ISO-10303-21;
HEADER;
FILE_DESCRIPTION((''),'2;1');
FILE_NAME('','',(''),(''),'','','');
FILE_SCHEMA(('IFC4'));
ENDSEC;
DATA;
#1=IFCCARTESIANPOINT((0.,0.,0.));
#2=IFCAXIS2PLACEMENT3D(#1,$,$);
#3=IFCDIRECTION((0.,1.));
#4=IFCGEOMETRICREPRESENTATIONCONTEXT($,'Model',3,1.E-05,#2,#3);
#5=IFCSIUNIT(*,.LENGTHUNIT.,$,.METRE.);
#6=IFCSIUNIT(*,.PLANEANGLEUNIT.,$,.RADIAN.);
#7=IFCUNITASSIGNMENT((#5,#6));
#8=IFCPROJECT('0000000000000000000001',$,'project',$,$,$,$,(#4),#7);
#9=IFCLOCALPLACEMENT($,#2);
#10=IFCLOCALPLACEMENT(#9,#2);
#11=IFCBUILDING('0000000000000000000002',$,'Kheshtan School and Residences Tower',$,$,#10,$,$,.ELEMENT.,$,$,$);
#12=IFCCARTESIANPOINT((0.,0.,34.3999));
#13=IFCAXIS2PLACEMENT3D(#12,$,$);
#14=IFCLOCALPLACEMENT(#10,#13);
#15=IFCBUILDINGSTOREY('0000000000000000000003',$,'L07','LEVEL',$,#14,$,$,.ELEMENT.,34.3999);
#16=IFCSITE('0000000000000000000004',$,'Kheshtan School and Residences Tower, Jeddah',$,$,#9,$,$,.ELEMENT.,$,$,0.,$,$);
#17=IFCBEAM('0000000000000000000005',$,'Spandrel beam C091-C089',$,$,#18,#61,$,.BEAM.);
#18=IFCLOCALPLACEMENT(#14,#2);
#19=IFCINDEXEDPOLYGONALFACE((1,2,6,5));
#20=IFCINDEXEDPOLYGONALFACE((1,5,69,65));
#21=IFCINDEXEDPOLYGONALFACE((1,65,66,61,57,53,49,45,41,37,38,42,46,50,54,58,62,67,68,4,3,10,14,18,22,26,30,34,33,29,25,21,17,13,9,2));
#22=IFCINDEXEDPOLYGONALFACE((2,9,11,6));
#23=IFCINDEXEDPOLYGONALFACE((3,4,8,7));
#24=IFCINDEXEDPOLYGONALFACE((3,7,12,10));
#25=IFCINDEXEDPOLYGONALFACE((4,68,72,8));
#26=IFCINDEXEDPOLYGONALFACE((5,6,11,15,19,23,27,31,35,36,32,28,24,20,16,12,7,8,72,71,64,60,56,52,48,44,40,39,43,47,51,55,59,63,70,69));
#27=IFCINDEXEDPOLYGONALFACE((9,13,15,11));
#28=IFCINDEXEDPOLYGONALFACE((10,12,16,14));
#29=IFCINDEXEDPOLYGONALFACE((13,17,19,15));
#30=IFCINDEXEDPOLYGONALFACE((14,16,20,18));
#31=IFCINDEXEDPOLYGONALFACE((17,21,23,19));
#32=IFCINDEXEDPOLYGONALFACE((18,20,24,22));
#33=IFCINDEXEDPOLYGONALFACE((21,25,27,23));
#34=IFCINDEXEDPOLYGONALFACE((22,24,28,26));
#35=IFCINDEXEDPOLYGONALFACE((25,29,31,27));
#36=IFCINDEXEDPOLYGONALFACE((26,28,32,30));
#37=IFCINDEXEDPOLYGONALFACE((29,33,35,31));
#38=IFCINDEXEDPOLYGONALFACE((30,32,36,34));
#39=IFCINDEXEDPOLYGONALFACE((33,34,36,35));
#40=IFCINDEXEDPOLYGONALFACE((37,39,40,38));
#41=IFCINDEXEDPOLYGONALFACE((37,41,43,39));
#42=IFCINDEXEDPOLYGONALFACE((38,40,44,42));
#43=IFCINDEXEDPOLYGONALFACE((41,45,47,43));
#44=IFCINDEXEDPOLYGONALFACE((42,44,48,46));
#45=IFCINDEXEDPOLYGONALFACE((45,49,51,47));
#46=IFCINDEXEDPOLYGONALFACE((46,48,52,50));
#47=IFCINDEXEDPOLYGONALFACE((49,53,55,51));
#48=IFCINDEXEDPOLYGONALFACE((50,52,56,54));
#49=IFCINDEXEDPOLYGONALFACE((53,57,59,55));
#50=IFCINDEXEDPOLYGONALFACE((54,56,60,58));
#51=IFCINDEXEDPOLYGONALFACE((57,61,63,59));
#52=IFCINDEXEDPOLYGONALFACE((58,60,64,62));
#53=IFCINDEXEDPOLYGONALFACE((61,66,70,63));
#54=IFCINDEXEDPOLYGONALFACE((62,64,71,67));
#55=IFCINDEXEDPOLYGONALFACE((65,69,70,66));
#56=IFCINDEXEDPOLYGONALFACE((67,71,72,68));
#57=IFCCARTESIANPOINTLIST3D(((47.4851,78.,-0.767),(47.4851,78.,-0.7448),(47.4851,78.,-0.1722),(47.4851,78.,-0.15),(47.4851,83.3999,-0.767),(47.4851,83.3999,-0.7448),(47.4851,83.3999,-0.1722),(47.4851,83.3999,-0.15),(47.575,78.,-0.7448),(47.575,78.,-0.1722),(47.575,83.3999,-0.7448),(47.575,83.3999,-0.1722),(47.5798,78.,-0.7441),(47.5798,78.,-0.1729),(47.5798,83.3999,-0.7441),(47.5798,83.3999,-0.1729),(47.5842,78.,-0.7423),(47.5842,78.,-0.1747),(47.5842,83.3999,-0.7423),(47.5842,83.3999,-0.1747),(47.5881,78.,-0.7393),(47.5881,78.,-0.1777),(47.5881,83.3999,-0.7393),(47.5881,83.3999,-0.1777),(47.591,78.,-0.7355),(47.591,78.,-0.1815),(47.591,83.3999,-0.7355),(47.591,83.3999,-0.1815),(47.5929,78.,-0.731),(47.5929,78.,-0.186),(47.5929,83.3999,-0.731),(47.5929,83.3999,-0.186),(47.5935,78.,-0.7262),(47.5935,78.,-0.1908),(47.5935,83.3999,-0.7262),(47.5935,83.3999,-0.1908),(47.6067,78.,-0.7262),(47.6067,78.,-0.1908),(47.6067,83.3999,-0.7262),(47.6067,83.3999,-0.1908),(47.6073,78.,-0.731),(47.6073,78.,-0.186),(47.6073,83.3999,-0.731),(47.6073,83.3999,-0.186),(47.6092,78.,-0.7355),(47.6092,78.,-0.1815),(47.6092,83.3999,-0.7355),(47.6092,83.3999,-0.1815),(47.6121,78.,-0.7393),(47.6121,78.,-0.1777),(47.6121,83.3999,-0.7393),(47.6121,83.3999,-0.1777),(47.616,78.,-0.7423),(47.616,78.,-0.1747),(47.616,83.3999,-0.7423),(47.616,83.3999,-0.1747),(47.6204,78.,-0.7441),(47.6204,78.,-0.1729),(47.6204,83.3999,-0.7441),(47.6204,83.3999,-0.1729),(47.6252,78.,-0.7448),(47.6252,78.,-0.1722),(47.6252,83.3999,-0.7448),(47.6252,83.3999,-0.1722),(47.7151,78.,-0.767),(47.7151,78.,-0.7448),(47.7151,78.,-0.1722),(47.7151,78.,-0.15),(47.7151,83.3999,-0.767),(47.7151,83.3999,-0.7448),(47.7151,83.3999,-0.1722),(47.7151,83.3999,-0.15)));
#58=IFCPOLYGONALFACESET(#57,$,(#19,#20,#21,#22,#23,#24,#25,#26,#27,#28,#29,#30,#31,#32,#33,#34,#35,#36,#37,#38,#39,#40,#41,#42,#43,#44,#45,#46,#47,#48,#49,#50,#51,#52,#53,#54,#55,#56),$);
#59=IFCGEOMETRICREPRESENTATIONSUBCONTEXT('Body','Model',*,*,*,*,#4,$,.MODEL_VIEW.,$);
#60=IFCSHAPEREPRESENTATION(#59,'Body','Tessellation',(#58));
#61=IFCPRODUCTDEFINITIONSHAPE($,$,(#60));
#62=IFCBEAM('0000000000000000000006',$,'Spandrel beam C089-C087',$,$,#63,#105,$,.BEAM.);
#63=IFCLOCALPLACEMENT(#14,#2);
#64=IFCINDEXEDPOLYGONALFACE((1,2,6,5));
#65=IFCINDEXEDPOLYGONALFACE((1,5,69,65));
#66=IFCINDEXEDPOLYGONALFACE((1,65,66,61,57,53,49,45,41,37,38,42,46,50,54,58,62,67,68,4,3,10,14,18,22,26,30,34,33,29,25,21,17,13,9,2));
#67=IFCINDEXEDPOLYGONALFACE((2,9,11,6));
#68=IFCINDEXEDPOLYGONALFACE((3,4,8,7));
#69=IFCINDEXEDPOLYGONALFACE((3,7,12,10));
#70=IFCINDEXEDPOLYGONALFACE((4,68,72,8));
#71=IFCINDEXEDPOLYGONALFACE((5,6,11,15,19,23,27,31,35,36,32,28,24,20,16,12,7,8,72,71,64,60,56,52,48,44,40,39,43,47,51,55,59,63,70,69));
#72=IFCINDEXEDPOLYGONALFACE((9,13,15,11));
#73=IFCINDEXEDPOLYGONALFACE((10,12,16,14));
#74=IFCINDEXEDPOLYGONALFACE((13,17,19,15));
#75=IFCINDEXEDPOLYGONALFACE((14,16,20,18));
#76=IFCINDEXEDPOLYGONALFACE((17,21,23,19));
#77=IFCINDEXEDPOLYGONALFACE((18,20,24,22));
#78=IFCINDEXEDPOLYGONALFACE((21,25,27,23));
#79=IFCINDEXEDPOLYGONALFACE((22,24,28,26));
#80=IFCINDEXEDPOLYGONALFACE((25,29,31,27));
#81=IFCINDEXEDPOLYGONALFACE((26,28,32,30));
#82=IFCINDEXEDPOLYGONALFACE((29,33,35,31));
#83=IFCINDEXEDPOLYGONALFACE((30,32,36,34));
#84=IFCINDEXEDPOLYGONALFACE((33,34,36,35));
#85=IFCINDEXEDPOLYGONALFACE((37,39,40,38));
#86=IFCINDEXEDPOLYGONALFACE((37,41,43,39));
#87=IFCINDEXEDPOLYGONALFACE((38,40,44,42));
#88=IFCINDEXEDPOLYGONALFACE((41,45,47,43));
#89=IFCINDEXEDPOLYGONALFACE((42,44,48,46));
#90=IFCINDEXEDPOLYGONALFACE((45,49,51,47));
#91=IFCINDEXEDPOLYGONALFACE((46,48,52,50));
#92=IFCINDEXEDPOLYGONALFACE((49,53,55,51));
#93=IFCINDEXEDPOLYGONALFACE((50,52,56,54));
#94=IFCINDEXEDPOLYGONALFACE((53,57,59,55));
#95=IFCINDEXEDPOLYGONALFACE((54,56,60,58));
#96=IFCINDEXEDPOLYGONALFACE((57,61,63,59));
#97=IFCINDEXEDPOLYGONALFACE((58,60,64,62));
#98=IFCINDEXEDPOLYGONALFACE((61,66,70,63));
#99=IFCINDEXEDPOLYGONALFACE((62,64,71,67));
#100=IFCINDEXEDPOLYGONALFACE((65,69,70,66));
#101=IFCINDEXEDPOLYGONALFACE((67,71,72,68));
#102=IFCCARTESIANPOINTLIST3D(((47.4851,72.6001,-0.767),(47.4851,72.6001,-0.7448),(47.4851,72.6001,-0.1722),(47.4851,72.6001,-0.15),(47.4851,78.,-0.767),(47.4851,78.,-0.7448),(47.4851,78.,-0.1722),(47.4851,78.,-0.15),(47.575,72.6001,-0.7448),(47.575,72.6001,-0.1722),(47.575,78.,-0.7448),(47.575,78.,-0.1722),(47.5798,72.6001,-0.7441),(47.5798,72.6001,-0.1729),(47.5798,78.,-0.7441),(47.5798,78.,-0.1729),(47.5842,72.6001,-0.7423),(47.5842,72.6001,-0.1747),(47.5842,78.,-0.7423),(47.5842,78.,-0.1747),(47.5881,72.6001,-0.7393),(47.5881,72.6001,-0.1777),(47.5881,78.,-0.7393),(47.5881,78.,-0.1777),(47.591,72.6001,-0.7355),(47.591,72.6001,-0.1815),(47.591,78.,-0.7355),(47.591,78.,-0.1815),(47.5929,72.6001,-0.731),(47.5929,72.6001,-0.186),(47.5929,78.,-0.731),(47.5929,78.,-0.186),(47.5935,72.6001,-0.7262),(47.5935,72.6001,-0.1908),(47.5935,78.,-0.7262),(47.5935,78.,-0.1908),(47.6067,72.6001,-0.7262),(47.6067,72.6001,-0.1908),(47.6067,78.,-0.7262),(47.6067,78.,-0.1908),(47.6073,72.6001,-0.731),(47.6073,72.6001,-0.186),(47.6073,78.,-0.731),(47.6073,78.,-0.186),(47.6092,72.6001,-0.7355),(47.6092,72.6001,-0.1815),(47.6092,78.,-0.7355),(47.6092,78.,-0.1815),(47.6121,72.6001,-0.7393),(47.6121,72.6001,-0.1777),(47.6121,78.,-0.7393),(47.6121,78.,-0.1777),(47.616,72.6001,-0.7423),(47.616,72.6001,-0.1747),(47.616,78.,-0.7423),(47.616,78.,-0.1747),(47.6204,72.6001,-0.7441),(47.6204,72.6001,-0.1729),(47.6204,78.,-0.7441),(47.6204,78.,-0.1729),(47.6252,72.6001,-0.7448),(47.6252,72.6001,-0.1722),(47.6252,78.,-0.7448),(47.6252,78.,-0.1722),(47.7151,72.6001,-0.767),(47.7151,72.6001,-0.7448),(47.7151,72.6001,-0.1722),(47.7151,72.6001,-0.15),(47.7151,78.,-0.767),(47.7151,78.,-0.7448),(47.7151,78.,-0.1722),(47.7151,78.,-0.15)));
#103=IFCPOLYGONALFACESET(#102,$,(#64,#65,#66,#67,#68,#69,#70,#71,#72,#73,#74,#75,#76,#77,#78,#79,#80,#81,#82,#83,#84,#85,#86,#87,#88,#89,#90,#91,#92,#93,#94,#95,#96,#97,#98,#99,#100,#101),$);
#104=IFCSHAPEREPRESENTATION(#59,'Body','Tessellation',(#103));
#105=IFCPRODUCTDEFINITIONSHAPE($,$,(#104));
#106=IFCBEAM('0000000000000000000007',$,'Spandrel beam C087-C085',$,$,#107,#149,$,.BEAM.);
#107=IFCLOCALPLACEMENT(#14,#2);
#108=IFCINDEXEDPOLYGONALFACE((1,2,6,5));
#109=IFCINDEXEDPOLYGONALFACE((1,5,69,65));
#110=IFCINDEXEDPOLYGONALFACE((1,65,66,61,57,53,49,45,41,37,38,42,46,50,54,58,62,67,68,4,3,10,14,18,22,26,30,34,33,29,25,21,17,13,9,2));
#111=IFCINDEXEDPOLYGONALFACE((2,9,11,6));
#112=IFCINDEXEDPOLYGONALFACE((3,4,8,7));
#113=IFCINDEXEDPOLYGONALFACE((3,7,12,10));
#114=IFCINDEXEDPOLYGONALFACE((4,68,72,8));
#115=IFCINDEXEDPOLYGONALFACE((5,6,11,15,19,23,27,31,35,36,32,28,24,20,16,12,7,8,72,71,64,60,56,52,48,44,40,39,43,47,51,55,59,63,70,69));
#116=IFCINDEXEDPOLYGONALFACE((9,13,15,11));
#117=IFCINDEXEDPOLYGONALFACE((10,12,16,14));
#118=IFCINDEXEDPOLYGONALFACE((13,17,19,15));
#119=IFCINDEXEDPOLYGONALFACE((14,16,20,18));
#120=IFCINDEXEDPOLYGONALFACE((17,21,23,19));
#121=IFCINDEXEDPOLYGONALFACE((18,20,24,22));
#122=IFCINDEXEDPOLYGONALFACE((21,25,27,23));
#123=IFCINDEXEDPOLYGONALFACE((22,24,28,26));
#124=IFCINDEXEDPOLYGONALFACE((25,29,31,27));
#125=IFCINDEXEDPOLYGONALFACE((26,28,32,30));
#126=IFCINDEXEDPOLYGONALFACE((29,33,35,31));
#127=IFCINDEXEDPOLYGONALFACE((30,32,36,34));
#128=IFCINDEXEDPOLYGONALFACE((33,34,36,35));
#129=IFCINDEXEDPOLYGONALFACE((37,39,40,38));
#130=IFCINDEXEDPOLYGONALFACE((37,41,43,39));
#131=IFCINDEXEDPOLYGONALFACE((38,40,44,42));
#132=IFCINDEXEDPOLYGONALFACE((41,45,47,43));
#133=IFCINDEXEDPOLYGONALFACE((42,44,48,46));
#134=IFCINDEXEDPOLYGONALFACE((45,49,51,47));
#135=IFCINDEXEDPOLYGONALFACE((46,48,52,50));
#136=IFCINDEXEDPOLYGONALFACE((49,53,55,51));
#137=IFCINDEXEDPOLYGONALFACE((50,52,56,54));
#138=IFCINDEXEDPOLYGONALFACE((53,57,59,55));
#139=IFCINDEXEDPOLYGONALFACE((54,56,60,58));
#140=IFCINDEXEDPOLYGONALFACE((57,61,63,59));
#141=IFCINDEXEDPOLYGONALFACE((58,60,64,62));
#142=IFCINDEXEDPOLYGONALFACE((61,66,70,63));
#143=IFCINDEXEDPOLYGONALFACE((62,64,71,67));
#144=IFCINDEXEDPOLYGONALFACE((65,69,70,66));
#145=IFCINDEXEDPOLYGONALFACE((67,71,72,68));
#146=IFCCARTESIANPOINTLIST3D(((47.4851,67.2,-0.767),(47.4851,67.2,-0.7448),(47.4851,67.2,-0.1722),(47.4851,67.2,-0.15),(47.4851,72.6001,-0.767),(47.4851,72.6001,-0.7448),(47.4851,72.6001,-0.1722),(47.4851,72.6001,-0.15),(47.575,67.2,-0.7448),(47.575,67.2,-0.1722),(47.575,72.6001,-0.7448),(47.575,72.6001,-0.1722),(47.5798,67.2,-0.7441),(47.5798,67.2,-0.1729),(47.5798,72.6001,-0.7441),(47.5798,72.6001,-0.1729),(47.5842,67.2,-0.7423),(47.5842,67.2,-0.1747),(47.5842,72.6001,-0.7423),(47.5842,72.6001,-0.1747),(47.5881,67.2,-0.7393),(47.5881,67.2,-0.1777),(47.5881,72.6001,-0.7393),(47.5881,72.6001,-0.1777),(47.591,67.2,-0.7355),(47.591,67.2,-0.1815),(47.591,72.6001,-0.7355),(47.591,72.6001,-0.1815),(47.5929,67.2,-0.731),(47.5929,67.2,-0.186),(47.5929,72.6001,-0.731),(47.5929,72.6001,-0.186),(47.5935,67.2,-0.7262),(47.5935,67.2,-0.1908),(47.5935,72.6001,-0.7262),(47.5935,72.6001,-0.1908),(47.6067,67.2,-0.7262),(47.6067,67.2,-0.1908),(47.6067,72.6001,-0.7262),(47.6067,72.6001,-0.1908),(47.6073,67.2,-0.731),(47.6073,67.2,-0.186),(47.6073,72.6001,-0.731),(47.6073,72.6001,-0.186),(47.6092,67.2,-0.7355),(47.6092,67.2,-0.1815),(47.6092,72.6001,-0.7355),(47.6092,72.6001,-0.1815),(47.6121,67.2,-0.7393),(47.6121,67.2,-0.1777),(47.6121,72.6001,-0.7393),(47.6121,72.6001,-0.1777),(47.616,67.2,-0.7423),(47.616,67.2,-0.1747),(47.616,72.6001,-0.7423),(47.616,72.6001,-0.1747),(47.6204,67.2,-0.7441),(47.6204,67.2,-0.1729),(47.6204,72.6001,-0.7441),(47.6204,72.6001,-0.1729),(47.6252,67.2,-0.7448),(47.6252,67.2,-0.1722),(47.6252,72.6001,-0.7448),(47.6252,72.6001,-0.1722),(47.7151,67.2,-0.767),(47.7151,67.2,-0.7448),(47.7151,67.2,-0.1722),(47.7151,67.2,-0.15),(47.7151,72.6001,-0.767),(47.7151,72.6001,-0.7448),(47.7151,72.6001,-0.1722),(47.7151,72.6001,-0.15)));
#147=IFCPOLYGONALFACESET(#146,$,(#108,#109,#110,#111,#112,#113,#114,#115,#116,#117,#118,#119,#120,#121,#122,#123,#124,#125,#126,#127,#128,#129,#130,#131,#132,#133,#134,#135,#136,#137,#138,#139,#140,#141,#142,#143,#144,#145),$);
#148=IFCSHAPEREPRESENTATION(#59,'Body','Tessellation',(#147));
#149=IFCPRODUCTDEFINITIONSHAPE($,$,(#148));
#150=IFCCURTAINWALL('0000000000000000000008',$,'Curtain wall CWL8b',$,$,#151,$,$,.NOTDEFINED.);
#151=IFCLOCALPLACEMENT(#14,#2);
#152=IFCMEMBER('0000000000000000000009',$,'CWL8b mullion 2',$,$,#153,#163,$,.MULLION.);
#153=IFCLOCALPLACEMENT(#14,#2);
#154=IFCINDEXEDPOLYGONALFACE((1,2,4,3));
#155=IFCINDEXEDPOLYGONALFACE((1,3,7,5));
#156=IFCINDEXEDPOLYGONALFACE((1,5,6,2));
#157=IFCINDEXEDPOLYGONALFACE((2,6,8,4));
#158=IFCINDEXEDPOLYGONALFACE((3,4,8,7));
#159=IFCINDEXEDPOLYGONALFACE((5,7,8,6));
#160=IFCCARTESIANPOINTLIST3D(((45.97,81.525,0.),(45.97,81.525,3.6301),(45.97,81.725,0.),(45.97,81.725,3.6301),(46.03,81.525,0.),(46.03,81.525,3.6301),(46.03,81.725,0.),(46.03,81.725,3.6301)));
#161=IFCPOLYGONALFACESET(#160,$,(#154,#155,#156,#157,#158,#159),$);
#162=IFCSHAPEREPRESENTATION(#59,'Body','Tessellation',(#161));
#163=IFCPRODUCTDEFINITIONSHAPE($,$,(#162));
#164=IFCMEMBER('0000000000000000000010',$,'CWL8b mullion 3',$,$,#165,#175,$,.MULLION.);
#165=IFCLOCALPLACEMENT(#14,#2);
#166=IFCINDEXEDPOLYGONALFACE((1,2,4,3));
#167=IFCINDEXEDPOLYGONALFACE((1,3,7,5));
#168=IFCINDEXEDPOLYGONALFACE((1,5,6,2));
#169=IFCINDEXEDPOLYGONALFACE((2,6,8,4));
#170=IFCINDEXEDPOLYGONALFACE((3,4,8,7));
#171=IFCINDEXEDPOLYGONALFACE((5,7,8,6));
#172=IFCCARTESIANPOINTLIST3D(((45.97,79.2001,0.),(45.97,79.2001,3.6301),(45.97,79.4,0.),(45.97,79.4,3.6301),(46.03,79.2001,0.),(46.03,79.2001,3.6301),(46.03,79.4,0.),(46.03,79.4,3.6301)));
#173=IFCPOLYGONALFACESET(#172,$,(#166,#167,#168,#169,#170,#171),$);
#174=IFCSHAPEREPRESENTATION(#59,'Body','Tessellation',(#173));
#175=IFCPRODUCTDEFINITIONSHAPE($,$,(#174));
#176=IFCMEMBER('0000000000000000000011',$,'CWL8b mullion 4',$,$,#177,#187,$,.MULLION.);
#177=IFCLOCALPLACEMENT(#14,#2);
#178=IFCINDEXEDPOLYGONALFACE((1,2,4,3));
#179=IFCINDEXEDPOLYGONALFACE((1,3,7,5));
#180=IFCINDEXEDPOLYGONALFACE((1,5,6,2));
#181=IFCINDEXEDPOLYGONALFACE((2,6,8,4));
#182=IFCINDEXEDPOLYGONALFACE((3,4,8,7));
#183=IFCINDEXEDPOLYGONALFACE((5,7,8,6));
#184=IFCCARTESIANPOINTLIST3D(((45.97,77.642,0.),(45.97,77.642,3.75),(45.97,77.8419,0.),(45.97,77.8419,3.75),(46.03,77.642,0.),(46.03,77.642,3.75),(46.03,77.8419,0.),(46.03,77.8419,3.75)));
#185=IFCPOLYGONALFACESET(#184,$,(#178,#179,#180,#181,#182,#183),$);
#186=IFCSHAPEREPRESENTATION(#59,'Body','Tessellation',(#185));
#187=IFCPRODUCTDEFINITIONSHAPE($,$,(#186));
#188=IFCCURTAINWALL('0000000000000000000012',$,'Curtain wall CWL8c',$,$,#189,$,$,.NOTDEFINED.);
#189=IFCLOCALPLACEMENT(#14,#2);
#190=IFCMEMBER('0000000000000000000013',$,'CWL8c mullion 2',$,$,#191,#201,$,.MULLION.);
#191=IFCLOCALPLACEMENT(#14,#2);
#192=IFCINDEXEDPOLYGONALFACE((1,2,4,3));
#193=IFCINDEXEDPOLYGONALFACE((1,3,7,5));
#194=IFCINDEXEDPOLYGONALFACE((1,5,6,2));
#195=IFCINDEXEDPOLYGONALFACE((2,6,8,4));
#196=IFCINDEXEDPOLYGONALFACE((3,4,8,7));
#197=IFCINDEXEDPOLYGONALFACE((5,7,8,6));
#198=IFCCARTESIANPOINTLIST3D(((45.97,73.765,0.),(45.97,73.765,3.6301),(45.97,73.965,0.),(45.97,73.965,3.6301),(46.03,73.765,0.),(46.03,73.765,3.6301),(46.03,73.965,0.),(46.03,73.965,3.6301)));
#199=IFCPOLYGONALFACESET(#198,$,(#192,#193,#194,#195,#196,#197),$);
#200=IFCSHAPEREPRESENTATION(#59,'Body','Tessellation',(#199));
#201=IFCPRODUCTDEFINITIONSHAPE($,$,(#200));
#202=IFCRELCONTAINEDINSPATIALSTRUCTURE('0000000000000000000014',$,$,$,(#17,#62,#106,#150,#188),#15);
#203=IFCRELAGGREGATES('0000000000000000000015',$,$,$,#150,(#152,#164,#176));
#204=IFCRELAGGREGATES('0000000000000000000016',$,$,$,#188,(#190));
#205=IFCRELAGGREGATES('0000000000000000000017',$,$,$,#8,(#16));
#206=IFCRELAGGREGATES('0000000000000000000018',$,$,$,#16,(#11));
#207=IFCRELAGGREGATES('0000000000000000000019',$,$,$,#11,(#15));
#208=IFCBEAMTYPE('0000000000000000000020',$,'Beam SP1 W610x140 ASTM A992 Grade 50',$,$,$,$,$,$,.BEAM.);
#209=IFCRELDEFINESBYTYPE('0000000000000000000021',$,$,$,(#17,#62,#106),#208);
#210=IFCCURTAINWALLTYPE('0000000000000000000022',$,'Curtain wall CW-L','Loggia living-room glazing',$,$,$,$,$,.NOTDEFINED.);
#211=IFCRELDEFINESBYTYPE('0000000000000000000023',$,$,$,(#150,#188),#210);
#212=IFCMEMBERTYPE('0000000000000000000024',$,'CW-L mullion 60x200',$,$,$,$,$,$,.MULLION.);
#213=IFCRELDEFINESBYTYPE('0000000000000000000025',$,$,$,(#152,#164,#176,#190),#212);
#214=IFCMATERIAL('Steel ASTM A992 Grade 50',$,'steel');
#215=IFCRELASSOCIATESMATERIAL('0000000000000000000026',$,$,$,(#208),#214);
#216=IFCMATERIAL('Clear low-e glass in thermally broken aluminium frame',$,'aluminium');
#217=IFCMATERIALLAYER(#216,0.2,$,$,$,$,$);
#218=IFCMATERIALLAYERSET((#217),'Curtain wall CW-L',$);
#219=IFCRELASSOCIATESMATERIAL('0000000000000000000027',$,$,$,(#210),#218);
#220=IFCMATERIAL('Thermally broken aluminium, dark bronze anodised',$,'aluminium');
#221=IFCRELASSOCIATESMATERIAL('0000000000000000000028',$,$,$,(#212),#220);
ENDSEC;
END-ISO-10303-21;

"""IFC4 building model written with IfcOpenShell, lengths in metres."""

from ifc_helpers import new_model, si_unit, direction, frame, origin, origin_2d, place, context, subcontext, project, spatial, rectangle, i_section, extrude, material, layer, layer_set, material_profile, profile_set, type_object, element, aggregate, save


model = new_model("IFC4")

# Units and contexts
model_context = context("Model", 3, precision=1e-05, world=origin(), true_north=direction((0.0, 1.0)))
body_context = subcontext(model_context, "Body", "Model", "MODEL_VIEW")
ifc_project = project(units=[si_unit("LENGTHUNIT", "METRE"), si_unit("PLANEANGLEUNIT", "RADIAN")], contexts=[model_context])

# Site, building, storey
site_placement = place(None, origin())
site = spatial("IfcSite", under=ifc_project, at=site_placement, Name="Kheshtan School and Residences Tower, Jeddah", CompositionType="ELEMENT", RefElevation=0.0)
building_placement = place(site_placement, origin())
building = spatial("IfcBuilding", under=site, at=building_placement, Name="Kheshtan School and Residences Tower", CompositionType="ELEMENT")
storey_placement = place(building_placement, frame((0.0, 0.0, 34.3999)))
storey = spatial("IfcBuildingStorey", under=building, at=storey_placement, Name="L07", Description="LEVEL", CompositionType="ELEMENT", Elevation=34.3999)

# Shared definitions
ifc_material_1 = material(Name="Steel ASTM A992 Grade 50", Category="steel")

# Beams
ifc_material_profile_1 = material_profile(ifc_material_1, i_section(OverallWidth=0.23, OverallDepth=0.6169, WebThickness=0.0132, FlangeThickness=0.0222, FilletRadius=0.0186, at=origin_2d()), Name="W610x140")
ifc_profile_set_1 = profile_set([ifc_material_profile_1], Name="Steel ASTM A992 Grade 50")
beam_type_1 = type_object("IfcBeamType", Name="Beam SP1 W610x140 ASTM A992 Grade 50", PredefinedType="BEAM", material=ifc_profile_set_1)
for number, where, z_axis, x_axis, name in (
    (1, (47.6001, 83.3999, -0.4585), (0.0, -1.0, 0.0), (1.0, 0.0, 0.0), "Spandrel beam C091-C089"),
    (2, (47.6001, 78.0, -0.4585), (0.0, -1.0, 0.0), (1.0, 0.0, 0.0), "Spandrel beam C089-C087"),
):
    element("IfcBeam", number, at=place(storey_placement, frame(where, z_axis=z_axis, x_axis=x_axis)), inside=storey, type_object=beam_type_1, Name=name, PredefinedType="BEAM", context=body_context, shape_type="SweptSolid", body=[
        extrude(i_section(OverallWidth=0.23, OverallDepth=0.6169, WebThickness=0.0132, FlangeThickness=0.0222, FilletRadius=0.0186, at=origin_2d()), origin(), (0.0, 0.0, 1.0), 5.3999),
    ])
beam_1_placement = place(storey_placement, frame((47.6001, 72.6001, -0.4585), z_axis=(0.0, -1.0, 0.0), x_axis=(1.0, 0.0, 0.0)))
element("IfcBeam", 3, at=beam_1_placement, inside=storey, type_object=beam_type_1, Name="Spandrel beam C087-C085", PredefinedType="BEAM", context=body_context, shape_type="SweptSolid", body=[
    extrude(i_section(OverallWidth=0.23, OverallDepth=0.6169, WebThickness=0.0132, FlangeThickness=0.0222, FilletRadius=0.0186, at=origin_2d()), origin(), (0.0, 0.0, 1.0), 5.4001),
])

# Curtain walls, members
ifc_material_2 = material(Name="Clear low-e glass in thermally broken aluminium frame", Category="aluminium")
ifc_layer_1 = layer(ifc_material_2, 0.2)
ifc_layer_set_1 = layer_set([ifc_layer_1], Name="Curtain wall CW-L")
curtain_wall_type = type_object("IfcCurtainWallType", Name="Curtain wall CW-L", Description="Loggia living-room glazing", PredefinedType="NOTDEFINED", material=ifc_layer_set_1)
curtain_wall_1_placement = place(storey_placement, origin())
curtain_wall_1 = element("IfcCurtainWall", 4, at=curtain_wall_1_placement, inside=storey, type_object=curtain_wall_type, Name="Curtain wall CWL8b", PredefinedType="NOTDEFINED")
ifc_material_3 = material(Name="Thermally broken aluminium, dark bronze anodised", Category="aluminium")
ifc_material_profile_2 = material_profile(ifc_material_3, rectangle(XDim=0.0601, YDim=0.2, at=origin_2d()), Name="CW-L mullion 60x200")
ifc_profile_set_2 = profile_set([ifc_material_profile_2], Name="Thermally broken aluminium, dark bronze anodised")
member_type_1 = type_object("IfcMemberType", Name="CW-L mullion 60x200", PredefinedType="MULLION", material=ifc_profile_set_2)
member_1_placement = place(storey_placement, frame((46.0, 81.625, 0.0), z_axis=(0.0, 0.0, 1.0), x_axis=(1.0, 0.0, 0.0)))
member_1 = element("IfcMember", 5, at=member_1_placement, type_object=member_type_1, Name="CWL8b mullion 2", PredefinedType="MULLION", context=body_context, shape_type="SweptSolid", body=[
    extrude(rectangle(XDim=0.0601, YDim=0.2, at=origin_2d()), origin(), (0.0, 0.0, 1.0), 3.6301),
])
member_2_placement = place(storey_placement, frame((46.0, 79.3, 0.0), z_axis=(0.0, 0.0, 1.0), x_axis=(1.0, 0.0, 0.0)))
member_2 = element("IfcMember", 6, at=member_2_placement, type_object=member_type_1, Name="CWL8b mullion 3", PredefinedType="MULLION", context=body_context, shape_type="SweptSolid", body=[
    extrude(rectangle(XDim=0.0601, YDim=0.2, at=origin_2d()), origin(), (0.0, 0.0, 1.0), 3.6301),
])
member_3_placement = place(storey_placement, frame((46.0, 77.7419, 0.0), z_axis=(0.0, 0.0, 1.0), x_axis=(1.0, 0.0, 0.0)))
member_3 = element("IfcMember", 7, at=member_3_placement, type_object=member_type_1, Name="CWL8b mullion 4", PredefinedType="MULLION", context=body_context, shape_type="SweptSolid", body=[
    extrude(rectangle(XDim=0.0601, YDim=0.2, at=origin_2d()), origin(), (0.0, 0.0, 1.0), 3.75),
])
curtain_wall_2_placement = place(storey_placement, origin())
curtain_wall_2 = element("IfcCurtainWall", 8, at=curtain_wall_2_placement, inside=storey, type_object=curtain_wall_type, Name="Curtain wall CWL8c", PredefinedType="NOTDEFINED")
member_4_placement = place(storey_placement, frame((46.0, 73.865, 0.0), z_axis=(0.0, 0.0, 1.0), x_axis=(1.0, 0.0, 0.0)))
member_4 = element("IfcMember", 9, at=member_4_placement, type_object=member_type_1, Name="CWL8c mullion 2", PredefinedType="MULLION", context=body_context, shape_type="SweptSolid", body=[
    extrude(rectangle(XDim=0.0601, YDim=0.2, at=origin_2d()), origin(), (0.0, 0.0, 1.0), 3.6301),
])

aggregate(curtain_wall_1, [member_1, member_2, member_3])
aggregate(curtain_wall_2, [member_4])

save(model, "model.ifc")
